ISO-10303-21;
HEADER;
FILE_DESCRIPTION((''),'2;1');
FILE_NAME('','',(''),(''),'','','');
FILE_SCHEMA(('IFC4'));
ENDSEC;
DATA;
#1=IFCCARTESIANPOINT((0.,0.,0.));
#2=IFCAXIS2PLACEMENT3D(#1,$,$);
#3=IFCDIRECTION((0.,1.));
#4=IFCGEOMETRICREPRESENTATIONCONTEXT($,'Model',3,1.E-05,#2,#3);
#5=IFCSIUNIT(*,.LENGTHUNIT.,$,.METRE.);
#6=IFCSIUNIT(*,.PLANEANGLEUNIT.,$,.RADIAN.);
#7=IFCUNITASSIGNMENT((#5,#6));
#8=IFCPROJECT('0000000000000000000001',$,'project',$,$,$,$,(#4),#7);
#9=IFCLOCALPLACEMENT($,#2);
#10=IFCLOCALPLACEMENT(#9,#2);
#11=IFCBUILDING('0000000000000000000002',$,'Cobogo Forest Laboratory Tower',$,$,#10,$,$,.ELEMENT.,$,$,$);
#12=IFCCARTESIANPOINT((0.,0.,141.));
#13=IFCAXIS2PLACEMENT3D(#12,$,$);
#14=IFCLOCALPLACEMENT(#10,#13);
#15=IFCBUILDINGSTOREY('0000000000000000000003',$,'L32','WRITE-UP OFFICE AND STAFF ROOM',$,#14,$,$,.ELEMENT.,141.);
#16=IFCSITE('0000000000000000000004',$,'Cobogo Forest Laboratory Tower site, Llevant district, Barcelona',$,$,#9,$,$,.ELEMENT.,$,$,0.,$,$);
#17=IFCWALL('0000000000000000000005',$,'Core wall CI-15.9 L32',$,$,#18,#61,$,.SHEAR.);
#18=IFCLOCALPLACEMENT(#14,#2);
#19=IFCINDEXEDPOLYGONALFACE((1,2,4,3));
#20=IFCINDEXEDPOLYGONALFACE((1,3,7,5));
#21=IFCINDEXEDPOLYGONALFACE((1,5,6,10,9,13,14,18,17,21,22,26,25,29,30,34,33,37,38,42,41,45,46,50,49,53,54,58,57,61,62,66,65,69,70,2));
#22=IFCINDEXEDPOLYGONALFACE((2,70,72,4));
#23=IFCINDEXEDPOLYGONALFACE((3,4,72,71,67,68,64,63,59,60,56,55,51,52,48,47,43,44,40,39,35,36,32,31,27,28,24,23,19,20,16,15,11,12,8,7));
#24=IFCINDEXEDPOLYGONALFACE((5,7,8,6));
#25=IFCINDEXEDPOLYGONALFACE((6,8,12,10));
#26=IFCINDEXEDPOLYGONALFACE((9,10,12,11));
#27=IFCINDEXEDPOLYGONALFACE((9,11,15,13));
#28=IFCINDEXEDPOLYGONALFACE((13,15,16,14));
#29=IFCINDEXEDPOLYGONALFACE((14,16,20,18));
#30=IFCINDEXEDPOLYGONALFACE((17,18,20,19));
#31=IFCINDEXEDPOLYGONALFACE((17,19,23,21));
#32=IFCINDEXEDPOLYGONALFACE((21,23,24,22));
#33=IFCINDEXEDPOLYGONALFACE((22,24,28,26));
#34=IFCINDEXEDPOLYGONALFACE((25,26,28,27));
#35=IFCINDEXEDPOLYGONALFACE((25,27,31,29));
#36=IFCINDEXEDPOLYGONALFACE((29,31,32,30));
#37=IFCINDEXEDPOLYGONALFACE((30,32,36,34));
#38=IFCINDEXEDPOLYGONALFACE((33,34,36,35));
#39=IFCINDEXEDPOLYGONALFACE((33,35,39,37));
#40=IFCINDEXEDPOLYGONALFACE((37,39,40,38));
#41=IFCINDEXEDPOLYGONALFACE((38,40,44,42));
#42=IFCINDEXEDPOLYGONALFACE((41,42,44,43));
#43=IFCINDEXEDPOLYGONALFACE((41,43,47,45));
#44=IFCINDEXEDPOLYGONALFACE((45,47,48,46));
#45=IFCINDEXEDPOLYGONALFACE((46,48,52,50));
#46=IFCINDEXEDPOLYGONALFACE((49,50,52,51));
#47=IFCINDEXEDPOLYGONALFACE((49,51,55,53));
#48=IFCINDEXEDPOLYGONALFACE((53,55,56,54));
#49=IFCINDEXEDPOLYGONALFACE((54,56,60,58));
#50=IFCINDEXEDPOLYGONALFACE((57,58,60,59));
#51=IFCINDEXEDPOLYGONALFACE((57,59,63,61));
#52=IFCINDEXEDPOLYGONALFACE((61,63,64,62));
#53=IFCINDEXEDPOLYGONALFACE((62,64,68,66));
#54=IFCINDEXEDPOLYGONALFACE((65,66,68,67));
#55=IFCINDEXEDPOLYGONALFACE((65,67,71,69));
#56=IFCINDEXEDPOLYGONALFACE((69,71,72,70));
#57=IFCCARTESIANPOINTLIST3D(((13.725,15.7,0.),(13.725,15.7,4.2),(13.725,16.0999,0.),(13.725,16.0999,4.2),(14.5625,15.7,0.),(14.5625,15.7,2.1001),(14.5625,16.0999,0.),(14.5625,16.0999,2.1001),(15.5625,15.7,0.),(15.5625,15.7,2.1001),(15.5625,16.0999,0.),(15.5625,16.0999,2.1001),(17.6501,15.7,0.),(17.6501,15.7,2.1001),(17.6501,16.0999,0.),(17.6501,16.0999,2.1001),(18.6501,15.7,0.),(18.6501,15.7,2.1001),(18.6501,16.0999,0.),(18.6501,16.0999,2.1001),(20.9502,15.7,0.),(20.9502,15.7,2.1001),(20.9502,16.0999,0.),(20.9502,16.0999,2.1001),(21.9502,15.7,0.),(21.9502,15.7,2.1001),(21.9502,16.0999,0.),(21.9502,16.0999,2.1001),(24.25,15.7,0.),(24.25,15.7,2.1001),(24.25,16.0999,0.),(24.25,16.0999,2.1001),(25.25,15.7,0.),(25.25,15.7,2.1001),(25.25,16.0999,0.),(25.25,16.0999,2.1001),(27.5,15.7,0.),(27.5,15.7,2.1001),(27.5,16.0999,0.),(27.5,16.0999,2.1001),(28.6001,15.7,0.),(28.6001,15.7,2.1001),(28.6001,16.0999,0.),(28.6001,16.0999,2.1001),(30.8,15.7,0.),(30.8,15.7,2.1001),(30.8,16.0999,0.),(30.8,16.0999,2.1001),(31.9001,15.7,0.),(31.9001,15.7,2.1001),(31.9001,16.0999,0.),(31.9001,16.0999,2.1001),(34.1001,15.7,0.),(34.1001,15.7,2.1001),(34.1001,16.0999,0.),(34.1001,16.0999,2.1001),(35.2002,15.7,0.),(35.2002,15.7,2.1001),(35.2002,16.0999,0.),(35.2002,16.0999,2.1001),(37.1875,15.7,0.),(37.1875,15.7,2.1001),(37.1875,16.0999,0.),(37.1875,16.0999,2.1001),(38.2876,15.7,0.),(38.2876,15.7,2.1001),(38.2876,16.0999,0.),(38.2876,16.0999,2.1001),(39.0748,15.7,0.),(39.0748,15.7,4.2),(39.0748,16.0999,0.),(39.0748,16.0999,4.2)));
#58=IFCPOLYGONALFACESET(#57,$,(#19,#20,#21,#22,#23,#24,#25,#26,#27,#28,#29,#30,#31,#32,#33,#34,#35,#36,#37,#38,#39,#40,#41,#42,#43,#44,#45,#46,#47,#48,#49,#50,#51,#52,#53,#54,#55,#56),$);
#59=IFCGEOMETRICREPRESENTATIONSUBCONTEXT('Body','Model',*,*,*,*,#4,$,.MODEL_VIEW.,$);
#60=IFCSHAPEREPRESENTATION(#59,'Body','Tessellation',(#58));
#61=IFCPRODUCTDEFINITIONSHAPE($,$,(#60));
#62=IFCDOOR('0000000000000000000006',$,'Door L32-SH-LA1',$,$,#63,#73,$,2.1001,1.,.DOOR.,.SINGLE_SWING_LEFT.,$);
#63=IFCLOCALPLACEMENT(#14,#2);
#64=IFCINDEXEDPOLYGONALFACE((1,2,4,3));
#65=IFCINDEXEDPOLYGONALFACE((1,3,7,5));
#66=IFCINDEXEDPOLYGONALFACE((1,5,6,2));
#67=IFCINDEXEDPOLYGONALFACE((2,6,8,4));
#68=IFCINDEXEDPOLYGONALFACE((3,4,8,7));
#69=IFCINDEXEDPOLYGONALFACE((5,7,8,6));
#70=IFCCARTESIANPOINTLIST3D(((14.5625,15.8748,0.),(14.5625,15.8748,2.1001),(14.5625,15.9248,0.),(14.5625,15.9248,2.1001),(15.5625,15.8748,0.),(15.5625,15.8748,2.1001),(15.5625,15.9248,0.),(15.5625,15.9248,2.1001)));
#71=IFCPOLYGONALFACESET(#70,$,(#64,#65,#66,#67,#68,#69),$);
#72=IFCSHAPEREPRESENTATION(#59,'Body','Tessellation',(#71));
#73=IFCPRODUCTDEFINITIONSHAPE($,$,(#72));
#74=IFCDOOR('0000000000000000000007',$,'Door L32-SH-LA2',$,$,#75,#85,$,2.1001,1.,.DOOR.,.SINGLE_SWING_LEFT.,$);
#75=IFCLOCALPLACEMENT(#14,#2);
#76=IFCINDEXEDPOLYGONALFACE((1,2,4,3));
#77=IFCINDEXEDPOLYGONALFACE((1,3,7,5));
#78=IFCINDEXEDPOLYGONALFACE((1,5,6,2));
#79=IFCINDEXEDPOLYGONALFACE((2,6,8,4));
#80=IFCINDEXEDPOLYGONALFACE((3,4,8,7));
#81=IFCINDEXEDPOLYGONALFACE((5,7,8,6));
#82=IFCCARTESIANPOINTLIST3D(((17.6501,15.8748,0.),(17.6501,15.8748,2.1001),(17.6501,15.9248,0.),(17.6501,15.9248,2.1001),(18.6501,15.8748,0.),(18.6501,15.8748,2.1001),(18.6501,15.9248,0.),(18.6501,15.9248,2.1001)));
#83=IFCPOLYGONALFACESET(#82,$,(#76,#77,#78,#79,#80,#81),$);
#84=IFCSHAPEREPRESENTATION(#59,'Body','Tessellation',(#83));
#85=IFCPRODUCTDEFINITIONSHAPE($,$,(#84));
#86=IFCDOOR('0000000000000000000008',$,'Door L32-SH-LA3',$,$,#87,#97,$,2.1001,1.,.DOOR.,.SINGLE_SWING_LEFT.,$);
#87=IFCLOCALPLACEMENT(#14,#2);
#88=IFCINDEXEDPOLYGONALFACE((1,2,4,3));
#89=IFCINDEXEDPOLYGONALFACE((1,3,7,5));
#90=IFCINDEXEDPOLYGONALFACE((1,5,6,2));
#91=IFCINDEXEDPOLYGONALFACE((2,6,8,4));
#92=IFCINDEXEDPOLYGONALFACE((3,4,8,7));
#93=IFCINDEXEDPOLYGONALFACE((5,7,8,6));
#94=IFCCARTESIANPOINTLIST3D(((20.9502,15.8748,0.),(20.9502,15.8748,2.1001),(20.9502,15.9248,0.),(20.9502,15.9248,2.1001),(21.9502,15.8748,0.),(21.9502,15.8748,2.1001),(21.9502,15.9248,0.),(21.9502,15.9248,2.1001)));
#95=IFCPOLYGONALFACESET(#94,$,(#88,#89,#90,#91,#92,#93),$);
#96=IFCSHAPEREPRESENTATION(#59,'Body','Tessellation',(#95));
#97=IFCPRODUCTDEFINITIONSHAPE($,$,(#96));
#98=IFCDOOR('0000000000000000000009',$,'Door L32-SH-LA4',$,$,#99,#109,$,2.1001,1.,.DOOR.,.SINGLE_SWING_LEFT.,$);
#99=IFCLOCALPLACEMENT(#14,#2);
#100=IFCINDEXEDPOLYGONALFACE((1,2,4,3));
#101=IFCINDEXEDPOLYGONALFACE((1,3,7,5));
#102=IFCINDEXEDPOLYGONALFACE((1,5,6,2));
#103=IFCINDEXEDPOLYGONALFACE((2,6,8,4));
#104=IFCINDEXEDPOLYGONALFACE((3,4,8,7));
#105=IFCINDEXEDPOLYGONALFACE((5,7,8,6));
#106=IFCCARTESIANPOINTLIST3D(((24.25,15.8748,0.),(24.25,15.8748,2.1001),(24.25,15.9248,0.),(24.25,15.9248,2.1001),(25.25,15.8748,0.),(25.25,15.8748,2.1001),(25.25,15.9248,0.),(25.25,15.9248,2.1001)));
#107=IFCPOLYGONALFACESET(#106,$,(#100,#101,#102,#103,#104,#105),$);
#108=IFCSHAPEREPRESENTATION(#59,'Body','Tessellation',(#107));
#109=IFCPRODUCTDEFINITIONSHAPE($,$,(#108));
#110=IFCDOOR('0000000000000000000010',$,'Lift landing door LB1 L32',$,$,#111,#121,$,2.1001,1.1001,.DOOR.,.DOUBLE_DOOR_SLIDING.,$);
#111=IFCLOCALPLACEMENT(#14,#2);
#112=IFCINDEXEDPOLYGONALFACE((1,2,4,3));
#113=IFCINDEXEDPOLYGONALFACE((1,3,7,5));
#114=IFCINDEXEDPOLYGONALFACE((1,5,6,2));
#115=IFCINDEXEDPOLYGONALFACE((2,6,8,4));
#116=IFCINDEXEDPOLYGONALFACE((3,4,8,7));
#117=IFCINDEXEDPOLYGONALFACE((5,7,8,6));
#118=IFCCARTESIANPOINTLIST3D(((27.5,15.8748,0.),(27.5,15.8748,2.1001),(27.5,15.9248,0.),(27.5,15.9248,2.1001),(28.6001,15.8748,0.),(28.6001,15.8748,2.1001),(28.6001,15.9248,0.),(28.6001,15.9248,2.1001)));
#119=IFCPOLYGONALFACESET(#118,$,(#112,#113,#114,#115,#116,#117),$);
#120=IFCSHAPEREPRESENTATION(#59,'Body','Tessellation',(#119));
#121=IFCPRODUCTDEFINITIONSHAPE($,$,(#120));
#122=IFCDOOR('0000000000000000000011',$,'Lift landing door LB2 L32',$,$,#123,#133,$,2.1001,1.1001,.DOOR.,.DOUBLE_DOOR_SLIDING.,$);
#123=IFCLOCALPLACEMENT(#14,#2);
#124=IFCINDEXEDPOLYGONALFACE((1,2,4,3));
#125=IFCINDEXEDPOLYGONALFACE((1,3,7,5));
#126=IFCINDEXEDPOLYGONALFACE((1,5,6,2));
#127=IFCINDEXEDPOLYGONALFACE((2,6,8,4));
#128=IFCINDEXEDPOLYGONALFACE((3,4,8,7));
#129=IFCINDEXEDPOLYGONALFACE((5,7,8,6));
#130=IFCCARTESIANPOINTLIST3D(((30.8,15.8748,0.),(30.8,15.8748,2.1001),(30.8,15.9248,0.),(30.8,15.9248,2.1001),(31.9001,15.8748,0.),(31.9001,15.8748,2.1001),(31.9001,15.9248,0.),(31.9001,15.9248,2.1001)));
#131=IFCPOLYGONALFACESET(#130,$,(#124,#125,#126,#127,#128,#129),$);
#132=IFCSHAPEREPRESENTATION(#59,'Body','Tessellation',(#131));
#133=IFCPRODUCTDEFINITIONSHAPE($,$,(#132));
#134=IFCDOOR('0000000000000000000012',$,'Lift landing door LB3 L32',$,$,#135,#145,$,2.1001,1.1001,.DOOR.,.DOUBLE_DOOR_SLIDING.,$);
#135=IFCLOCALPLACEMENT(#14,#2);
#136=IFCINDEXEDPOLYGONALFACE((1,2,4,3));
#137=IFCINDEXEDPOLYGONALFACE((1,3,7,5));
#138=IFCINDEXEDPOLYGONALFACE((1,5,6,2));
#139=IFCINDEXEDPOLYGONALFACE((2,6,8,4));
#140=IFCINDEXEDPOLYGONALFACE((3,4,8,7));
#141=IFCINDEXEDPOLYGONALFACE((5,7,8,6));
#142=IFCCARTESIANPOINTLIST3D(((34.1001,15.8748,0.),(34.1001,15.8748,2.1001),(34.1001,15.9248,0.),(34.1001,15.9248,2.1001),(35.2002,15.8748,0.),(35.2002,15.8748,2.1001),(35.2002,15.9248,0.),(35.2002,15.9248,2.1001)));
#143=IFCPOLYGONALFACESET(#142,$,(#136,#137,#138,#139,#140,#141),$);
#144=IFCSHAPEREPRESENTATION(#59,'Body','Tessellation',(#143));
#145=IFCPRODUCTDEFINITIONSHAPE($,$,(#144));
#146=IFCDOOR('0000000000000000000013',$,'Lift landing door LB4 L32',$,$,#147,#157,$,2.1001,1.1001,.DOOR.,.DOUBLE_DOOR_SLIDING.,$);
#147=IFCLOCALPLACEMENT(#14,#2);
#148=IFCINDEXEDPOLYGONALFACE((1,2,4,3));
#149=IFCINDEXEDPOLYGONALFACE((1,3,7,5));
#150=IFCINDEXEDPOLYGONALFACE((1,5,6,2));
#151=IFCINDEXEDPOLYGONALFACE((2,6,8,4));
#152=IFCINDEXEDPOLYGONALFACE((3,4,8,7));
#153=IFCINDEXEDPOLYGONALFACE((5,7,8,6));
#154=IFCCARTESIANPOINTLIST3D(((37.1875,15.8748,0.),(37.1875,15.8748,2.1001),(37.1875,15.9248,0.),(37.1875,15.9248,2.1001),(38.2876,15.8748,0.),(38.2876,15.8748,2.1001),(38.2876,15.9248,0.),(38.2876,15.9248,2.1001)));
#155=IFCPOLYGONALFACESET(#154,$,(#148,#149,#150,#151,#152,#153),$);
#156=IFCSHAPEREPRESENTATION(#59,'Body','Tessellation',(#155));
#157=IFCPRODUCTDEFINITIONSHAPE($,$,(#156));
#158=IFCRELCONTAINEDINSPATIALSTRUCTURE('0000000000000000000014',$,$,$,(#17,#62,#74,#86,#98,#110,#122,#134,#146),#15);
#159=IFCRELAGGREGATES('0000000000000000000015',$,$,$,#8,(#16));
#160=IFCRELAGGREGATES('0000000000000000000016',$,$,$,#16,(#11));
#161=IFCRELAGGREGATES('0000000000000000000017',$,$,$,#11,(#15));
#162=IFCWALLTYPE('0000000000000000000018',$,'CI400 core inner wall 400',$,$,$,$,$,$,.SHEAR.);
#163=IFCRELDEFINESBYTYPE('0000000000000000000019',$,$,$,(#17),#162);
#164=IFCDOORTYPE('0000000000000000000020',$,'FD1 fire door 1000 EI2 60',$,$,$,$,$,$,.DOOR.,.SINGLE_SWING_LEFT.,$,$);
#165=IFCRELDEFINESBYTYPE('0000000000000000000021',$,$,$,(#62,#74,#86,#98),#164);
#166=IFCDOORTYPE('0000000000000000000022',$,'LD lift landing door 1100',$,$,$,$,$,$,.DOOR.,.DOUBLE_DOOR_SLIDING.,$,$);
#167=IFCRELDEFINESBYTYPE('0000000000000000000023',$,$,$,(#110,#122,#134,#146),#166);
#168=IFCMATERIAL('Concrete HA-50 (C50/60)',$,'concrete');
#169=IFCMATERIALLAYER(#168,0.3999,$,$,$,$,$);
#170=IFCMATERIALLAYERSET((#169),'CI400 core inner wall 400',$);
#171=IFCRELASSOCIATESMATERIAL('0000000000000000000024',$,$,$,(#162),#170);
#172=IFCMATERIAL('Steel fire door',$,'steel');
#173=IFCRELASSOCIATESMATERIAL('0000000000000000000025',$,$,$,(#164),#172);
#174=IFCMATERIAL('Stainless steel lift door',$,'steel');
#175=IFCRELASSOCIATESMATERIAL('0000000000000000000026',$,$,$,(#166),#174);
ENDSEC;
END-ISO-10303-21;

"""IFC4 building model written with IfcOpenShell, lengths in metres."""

from ifc_helpers import new_model, si_unit, direction, frame, frame_2d, origin, place, context, subcontext, project, spatial, rectangle, extrude, material, layer, layer_set, type_object, element, fill, save


model = new_model("IFC4")

# Units and contexts
model_context = context("Model", 3, precision=1e-05, world=origin(), true_north=direction((0.0, 1.0)))
body_context = subcontext(model_context, "Body", "Model", "MODEL_VIEW")
ifc_project = project(units=[si_unit("LENGTHUNIT", "METRE"), si_unit("PLANEANGLEUNIT", "RADIAN")], contexts=[model_context])

# Site, building, storey
site_placement = place(None, origin())
site = spatial("IfcSite", under=ifc_project, at=site_placement, Name="Cobogo Forest Laboratory Tower site, Llevant district, Barcelona", CompositionType="ELEMENT", RefElevation=0.0)
building_placement = place(site_placement, origin())
building = spatial("IfcBuilding", under=site, at=building_placement, Name="Cobogo Forest Laboratory Tower", CompositionType="ELEMENT")
storey_placement = place(building_placement, frame((0.0, 0.0, 141.0)))
storey = spatial("IfcBuildingStorey", under=building, at=storey_placement, Name="L32", Description="WRITE-UP OFFICE AND STAFF ROOM", CompositionType="ELEMENT", Elevation=141.0)

# Shared definitions
ifc_material_1 = material(Name="Concrete HA-50 (C50/60)", Category="concrete")

# Wall, openings, doors
ifc_layer_1 = layer(ifc_material_1, 0.3999)
ifc_layer_set_1 = layer_set([ifc_layer_1], Name="CI400 core inner wall 400")
wall_type_1 = type_object("IfcWallType", Name="CI400 core inner wall 400", PredefinedType="SHEAR", material=ifc_layer_set_1)
wall_1_placement = place(storey_placement, frame((13.7251, 15.8999, 0.0), z_axis=(0.0, 0.0, 1.0), x_axis=(1.0, 0.0, 0.0)))
wall_1 = element("IfcWall", 1, at=wall_1_placement, inside=storey, type_object=wall_type_1, Name="Core wall CI-15.9 L32", PredefinedType="SHEAR", context=body_context, shape_type="SweptSolid", body=[
    extrude(rectangle(XDim=25.3499, YDim=0.3999, at=frame_2d((12.6748, 0.0))), origin(), (0.0, 0.0, 1.0), 4.2),
])
opening_1_placement = place(wall_1_placement, frame((0.8374, 0.0, 0.0)))
opening_1 = element("IfcOpeningElement", 2, at=opening_1_placement, cuts=wall_1, PredefinedType="OPENING", context=body_context, shape_type="SweptSolid", body=[
    extrude(rectangle(XDim=1.0, YDim=2.1001, at=frame_2d((0.5, 1.05))), frame((0.0, 0.21, 0.0), z_axis=(0.0, -1.0, 0.0), x_axis=(1.0, 0.0, 0.0)), (0.0, 0.0, 1.0), 0.4199),
])
opening_2_placement = place(wall_1_placement, frame((3.925, 0.0, 0.0)))
opening_2 = element("IfcOpeningElement", 3, at=opening_2_placement, cuts=wall_1, PredefinedType="OPENING", context=body_context, shape_type="SweptSolid", body=[
    extrude(rectangle(XDim=1.0, YDim=2.1001, at=frame_2d((0.5, 1.05))), frame((0.0, 0.21, 0.0), z_axis=(0.0, -1.0, 0.0), x_axis=(1.0, 0.0, 0.0)), (0.0, 0.0, 1.0), 0.4199),
])
opening_3_placement = place(wall_1_placement, frame((7.2251, 0.0, 0.0)))
opening_3 = element("IfcOpeningElement", 4, at=opening_3_placement, cuts=wall_1, PredefinedType="OPENING", context=body_context, shape_type="SweptSolid", body=[
    extrude(rectangle(XDim=1.0, YDim=2.1001, at=frame_2d((0.5, 1.05))), frame((0.0, 0.21, 0.0), z_axis=(0.0, -1.0, 0.0), x_axis=(1.0, 0.0, 0.0)), (0.0, 0.0, 1.0), 0.4199),
])
opening_4_placement = place(wall_1_placement, frame((10.5249, 0.0, 0.0)))
opening_4 = element("IfcOpeningElement", 5, at=opening_4_placement, cuts=wall_1, PredefinedType="OPENING", context=body_context, shape_type="SweptSolid", body=[
    extrude(rectangle(XDim=1.0, YDim=2.1001, at=frame_2d((0.5, 1.05))), frame((0.0, 0.21, 0.0), z_axis=(0.0, -1.0, 0.0), x_axis=(1.0, 0.0, 0.0)), (0.0, 0.0, 1.0), 0.4199),
])
opening_5_placement = place(wall_1_placement, frame((13.7749, 0.0, 0.0)))
opening_5 = element("IfcOpeningElement", 6, at=opening_5_placement, cuts=wall_1, PredefinedType="OPENING", context=body_context, shape_type="SweptSolid", body=[
    extrude(rectangle(XDim=1.1001, YDim=2.1001, at=frame_2d((0.55, 1.05))), frame((0.0, 0.21, 0.0), z_axis=(0.0, -1.0, 0.0), x_axis=(1.0, 0.0, 0.0)), (0.0, 0.0, 1.0), 0.4199),
])
opening_6_placement = place(wall_1_placement, frame((17.075, 0.0, 0.0)))
opening_6 = element("IfcOpeningElement", 7, at=opening_6_placement, cuts=wall_1, PredefinedType="OPENING", context=body_context, shape_type="SweptSolid", body=[
    extrude(rectangle(XDim=1.1001, YDim=2.1001, at=frame_2d((0.55, 1.05))), frame((0.0, 0.21, 0.0), z_axis=(0.0, -1.0, 0.0), x_axis=(1.0, 0.0, 0.0)), (0.0, 0.0, 1.0), 0.4199),
])
opening_7_placement = place(wall_1_placement, frame((20.375, 0.0, 0.0)))
opening_7 = element("IfcOpeningElement", 8, at=opening_7_placement, cuts=wall_1, PredefinedType="OPENING", context=body_context, shape_type="SweptSolid", body=[
    extrude(rectangle(XDim=1.1001, YDim=2.1001, at=frame_2d((0.55, 1.05))), frame((0.0, 0.21, 0.0), z_axis=(0.0, -1.0, 0.0), x_axis=(1.0, 0.0, 0.0)), (0.0, 0.0, 1.0), 0.4199),
])
opening_8_placement = place(wall_1_placement, frame((23.4624, 0.0, 0.0)))
opening_8 = element("IfcOpeningElement", 9, at=opening_8_placement, cuts=wall_1, PredefinedType="OPENING", context=body_context, shape_type="SweptSolid", body=[
    extrude(rectangle(XDim=1.1001, YDim=2.1001, at=frame_2d((0.55, 1.05))), frame((0.0, 0.21, 0.0), z_axis=(0.0, -1.0, 0.0), x_axis=(1.0, 0.0, 0.0)), (0.0, 0.0, 1.0), 0.4199),
])
ifc_material_2 = material(Name="Steel fire door", Category="steel")
door_type_1 = type_object("IfcDoorType", Name="FD1 fire door 1000 EI2 60", OperationType="SINGLE_SWING_LEFT", PredefinedType="DOOR", material=ifc_material_2)
door_1_placement = place(opening_1_placement, origin())
door_1 = element("IfcDoor", 10, at=door_1_placement, inside=storey, type_object=door_type_1, Name="Door L32-SH-LA1", OperationType="SINGLE_SWING_LEFT", OverallHeight=2.1001, OverallWidth=1.0, PredefinedType="DOOR", context=body_context, shape_type="SweptSolid", body=[
    extrude(rectangle(XDim=1.0, YDim=2.1001, at=frame_2d((0.5, 1.05))), frame((0.0, 0.0249, 0.0), z_axis=(0.0, -1.0, 0.0), x_axis=(1.0, 0.0, 0.0)), (0.0, 0.0, 1.0), 0.05),
])
fill(opening_1, door_1)
door_2_placement = place(opening_2_placement, origin())
door_2 = element("IfcDoor", 11, at=door_2_placement, inside=storey, type_object=door_type_1, Name="Door L32-SH-LA2", OperationType="SINGLE_SWING_LEFT", OverallHeight=2.1001, OverallWidth=1.0, PredefinedType="DOOR", context=body_context, shape_type="SweptSolid", body=[
    extrude(rectangle(XDim=1.0, YDim=2.1001, at=frame_2d((0.5, 1.05))), frame((0.0, 0.0249, 0.0), z_axis=(0.0, -1.0, 0.0), x_axis=(1.0, 0.0, 0.0)), (0.0, 0.0, 1.0), 0.05),
])
fill(opening_2, door_2)
door_3_placement = place(opening_3_placement, origin())
door_3 = element("IfcDoor", 12, at=door_3_placement, inside=storey, type_object=door_type_1, Name="Door L32-SH-LA3", OperationType="SINGLE_SWING_LEFT", OverallHeight=2.1001, OverallWidth=1.0, PredefinedType="DOOR", context=body_context, shape_type="SweptSolid", body=[
    extrude(rectangle(XDim=1.0, YDim=2.1001, at=frame_2d((0.5, 1.05))), frame((0.0, 0.0249, 0.0), z_axis=(0.0, -1.0, 0.0), x_axis=(1.0, 0.0, 0.0)), (0.0, 0.0, 1.0), 0.05),
])
fill(opening_3, door_3)
door_4_placement = place(opening_4_placement, origin())
door_4 = element("IfcDoor", 13, at=door_4_placement, inside=storey, type_object=door_type_1, Name="Door L32-SH-LA4", OperationType="SINGLE_SWING_LEFT", OverallHeight=2.1001, OverallWidth=1.0, PredefinedType="DOOR", context=body_context, shape_type="SweptSolid", body=[
    extrude(rectangle(XDim=1.0, YDim=2.1001, at=frame_2d((0.5, 1.05))), frame((0.0, 0.0249, 0.0), z_axis=(0.0, -1.0, 0.0), x_axis=(1.0, 0.0, 0.0)), (0.0, 0.0, 1.0), 0.05),
])
fill(opening_4, door_4)
ifc_material_3 = material(Name="Stainless steel lift door", Category="steel")
door_type_2 = type_object("IfcDoorType", Name="LD lift landing door 1100", OperationType="DOUBLE_DOOR_SLIDING", PredefinedType="DOOR", material=ifc_material_3)
door_5_placement = place(opening_5_placement, origin())
door_5 = element("IfcDoor", 14, at=door_5_placement, inside=storey, type_object=door_type_2, Name="Lift landing door LB1 L32", OperationType="DOUBLE_DOOR_SLIDING", OverallHeight=2.1001, OverallWidth=1.1001, PredefinedType="DOOR", context=body_context, shape_type="SweptSolid", body=[
    extrude(rectangle(XDim=1.1001, YDim=2.1001, at=frame_2d((0.55, 1.05))), frame((0.0, 0.0249, 0.0), z_axis=(0.0, -1.0, 0.0), x_axis=(1.0, 0.0, 0.0)), (0.0, 0.0, 1.0), 0.05),
])
fill(opening_5, door_5)
door_6_placement = place(opening_6_placement, origin())
door_6 = element("IfcDoor", 15, at=door_6_placement, inside=storey, type_object=door_type_2, Name="Lift landing door LB2 L32", OperationType="DOUBLE_DOOR_SLIDING", OverallHeight=2.1001, OverallWidth=1.1001, PredefinedType="DOOR", context=body_context, shape_type="SweptSolid", body=[
    extrude(rectangle(XDim=1.1001, YDim=2.1001, at=frame_2d((0.55, 1.05))), frame((0.0, 0.0249, 0.0), z_axis=(0.0, -1.0, 0.0), x_axis=(1.0, 0.0, 0.0)), (0.0, 0.0, 1.0), 0.05),
])
fill(opening_6, door_6)
door_7_placement = place(opening_7_placement, origin())
door_7 = element("IfcDoor", 16, at=door_7_placement, inside=storey, type_object=door_type_2, Name="Lift landing door LB3 L32", OperationType="DOUBLE_DOOR_SLIDING", OverallHeight=2.1001, OverallWidth=1.1001, PredefinedType="DOOR", context=body_context, shape_type="SweptSolid", body=[
    extrude(rectangle(XDim=1.1001, YDim=2.1001, at=frame_2d((0.55, 1.05))), frame((0.0, 0.0249, 0.0), z_axis=(0.0, -1.0, 0.0), x_axis=(1.0, 0.0, 0.0)), (0.0, 0.0, 1.0), 0.05),
])
fill(opening_7, door_7)
door_8_placement = place(opening_8_placement, origin())
door_8 = element("IfcDoor", 17, at=door_8_placement, inside=storey, type_object=door_type_2, Name="Lift landing door LB4 L32", OperationType="DOUBLE_DOOR_SLIDING", OverallHeight=2.1001, OverallWidth=1.1001, PredefinedType="DOOR", context=body_context, shape_type="SweptSolid", body=[
    extrude(rectangle(XDim=1.1001, YDim=2.1001, at=frame_2d((0.55, 1.05))), frame((0.0, 0.0249, 0.0), z_axis=(0.0, -1.0, 0.0), x_axis=(1.0, 0.0, 0.0)), (0.0, 0.0, 1.0), 0.05),
])
fill(opening_8, door_8)

save(model, "model.ifc")
